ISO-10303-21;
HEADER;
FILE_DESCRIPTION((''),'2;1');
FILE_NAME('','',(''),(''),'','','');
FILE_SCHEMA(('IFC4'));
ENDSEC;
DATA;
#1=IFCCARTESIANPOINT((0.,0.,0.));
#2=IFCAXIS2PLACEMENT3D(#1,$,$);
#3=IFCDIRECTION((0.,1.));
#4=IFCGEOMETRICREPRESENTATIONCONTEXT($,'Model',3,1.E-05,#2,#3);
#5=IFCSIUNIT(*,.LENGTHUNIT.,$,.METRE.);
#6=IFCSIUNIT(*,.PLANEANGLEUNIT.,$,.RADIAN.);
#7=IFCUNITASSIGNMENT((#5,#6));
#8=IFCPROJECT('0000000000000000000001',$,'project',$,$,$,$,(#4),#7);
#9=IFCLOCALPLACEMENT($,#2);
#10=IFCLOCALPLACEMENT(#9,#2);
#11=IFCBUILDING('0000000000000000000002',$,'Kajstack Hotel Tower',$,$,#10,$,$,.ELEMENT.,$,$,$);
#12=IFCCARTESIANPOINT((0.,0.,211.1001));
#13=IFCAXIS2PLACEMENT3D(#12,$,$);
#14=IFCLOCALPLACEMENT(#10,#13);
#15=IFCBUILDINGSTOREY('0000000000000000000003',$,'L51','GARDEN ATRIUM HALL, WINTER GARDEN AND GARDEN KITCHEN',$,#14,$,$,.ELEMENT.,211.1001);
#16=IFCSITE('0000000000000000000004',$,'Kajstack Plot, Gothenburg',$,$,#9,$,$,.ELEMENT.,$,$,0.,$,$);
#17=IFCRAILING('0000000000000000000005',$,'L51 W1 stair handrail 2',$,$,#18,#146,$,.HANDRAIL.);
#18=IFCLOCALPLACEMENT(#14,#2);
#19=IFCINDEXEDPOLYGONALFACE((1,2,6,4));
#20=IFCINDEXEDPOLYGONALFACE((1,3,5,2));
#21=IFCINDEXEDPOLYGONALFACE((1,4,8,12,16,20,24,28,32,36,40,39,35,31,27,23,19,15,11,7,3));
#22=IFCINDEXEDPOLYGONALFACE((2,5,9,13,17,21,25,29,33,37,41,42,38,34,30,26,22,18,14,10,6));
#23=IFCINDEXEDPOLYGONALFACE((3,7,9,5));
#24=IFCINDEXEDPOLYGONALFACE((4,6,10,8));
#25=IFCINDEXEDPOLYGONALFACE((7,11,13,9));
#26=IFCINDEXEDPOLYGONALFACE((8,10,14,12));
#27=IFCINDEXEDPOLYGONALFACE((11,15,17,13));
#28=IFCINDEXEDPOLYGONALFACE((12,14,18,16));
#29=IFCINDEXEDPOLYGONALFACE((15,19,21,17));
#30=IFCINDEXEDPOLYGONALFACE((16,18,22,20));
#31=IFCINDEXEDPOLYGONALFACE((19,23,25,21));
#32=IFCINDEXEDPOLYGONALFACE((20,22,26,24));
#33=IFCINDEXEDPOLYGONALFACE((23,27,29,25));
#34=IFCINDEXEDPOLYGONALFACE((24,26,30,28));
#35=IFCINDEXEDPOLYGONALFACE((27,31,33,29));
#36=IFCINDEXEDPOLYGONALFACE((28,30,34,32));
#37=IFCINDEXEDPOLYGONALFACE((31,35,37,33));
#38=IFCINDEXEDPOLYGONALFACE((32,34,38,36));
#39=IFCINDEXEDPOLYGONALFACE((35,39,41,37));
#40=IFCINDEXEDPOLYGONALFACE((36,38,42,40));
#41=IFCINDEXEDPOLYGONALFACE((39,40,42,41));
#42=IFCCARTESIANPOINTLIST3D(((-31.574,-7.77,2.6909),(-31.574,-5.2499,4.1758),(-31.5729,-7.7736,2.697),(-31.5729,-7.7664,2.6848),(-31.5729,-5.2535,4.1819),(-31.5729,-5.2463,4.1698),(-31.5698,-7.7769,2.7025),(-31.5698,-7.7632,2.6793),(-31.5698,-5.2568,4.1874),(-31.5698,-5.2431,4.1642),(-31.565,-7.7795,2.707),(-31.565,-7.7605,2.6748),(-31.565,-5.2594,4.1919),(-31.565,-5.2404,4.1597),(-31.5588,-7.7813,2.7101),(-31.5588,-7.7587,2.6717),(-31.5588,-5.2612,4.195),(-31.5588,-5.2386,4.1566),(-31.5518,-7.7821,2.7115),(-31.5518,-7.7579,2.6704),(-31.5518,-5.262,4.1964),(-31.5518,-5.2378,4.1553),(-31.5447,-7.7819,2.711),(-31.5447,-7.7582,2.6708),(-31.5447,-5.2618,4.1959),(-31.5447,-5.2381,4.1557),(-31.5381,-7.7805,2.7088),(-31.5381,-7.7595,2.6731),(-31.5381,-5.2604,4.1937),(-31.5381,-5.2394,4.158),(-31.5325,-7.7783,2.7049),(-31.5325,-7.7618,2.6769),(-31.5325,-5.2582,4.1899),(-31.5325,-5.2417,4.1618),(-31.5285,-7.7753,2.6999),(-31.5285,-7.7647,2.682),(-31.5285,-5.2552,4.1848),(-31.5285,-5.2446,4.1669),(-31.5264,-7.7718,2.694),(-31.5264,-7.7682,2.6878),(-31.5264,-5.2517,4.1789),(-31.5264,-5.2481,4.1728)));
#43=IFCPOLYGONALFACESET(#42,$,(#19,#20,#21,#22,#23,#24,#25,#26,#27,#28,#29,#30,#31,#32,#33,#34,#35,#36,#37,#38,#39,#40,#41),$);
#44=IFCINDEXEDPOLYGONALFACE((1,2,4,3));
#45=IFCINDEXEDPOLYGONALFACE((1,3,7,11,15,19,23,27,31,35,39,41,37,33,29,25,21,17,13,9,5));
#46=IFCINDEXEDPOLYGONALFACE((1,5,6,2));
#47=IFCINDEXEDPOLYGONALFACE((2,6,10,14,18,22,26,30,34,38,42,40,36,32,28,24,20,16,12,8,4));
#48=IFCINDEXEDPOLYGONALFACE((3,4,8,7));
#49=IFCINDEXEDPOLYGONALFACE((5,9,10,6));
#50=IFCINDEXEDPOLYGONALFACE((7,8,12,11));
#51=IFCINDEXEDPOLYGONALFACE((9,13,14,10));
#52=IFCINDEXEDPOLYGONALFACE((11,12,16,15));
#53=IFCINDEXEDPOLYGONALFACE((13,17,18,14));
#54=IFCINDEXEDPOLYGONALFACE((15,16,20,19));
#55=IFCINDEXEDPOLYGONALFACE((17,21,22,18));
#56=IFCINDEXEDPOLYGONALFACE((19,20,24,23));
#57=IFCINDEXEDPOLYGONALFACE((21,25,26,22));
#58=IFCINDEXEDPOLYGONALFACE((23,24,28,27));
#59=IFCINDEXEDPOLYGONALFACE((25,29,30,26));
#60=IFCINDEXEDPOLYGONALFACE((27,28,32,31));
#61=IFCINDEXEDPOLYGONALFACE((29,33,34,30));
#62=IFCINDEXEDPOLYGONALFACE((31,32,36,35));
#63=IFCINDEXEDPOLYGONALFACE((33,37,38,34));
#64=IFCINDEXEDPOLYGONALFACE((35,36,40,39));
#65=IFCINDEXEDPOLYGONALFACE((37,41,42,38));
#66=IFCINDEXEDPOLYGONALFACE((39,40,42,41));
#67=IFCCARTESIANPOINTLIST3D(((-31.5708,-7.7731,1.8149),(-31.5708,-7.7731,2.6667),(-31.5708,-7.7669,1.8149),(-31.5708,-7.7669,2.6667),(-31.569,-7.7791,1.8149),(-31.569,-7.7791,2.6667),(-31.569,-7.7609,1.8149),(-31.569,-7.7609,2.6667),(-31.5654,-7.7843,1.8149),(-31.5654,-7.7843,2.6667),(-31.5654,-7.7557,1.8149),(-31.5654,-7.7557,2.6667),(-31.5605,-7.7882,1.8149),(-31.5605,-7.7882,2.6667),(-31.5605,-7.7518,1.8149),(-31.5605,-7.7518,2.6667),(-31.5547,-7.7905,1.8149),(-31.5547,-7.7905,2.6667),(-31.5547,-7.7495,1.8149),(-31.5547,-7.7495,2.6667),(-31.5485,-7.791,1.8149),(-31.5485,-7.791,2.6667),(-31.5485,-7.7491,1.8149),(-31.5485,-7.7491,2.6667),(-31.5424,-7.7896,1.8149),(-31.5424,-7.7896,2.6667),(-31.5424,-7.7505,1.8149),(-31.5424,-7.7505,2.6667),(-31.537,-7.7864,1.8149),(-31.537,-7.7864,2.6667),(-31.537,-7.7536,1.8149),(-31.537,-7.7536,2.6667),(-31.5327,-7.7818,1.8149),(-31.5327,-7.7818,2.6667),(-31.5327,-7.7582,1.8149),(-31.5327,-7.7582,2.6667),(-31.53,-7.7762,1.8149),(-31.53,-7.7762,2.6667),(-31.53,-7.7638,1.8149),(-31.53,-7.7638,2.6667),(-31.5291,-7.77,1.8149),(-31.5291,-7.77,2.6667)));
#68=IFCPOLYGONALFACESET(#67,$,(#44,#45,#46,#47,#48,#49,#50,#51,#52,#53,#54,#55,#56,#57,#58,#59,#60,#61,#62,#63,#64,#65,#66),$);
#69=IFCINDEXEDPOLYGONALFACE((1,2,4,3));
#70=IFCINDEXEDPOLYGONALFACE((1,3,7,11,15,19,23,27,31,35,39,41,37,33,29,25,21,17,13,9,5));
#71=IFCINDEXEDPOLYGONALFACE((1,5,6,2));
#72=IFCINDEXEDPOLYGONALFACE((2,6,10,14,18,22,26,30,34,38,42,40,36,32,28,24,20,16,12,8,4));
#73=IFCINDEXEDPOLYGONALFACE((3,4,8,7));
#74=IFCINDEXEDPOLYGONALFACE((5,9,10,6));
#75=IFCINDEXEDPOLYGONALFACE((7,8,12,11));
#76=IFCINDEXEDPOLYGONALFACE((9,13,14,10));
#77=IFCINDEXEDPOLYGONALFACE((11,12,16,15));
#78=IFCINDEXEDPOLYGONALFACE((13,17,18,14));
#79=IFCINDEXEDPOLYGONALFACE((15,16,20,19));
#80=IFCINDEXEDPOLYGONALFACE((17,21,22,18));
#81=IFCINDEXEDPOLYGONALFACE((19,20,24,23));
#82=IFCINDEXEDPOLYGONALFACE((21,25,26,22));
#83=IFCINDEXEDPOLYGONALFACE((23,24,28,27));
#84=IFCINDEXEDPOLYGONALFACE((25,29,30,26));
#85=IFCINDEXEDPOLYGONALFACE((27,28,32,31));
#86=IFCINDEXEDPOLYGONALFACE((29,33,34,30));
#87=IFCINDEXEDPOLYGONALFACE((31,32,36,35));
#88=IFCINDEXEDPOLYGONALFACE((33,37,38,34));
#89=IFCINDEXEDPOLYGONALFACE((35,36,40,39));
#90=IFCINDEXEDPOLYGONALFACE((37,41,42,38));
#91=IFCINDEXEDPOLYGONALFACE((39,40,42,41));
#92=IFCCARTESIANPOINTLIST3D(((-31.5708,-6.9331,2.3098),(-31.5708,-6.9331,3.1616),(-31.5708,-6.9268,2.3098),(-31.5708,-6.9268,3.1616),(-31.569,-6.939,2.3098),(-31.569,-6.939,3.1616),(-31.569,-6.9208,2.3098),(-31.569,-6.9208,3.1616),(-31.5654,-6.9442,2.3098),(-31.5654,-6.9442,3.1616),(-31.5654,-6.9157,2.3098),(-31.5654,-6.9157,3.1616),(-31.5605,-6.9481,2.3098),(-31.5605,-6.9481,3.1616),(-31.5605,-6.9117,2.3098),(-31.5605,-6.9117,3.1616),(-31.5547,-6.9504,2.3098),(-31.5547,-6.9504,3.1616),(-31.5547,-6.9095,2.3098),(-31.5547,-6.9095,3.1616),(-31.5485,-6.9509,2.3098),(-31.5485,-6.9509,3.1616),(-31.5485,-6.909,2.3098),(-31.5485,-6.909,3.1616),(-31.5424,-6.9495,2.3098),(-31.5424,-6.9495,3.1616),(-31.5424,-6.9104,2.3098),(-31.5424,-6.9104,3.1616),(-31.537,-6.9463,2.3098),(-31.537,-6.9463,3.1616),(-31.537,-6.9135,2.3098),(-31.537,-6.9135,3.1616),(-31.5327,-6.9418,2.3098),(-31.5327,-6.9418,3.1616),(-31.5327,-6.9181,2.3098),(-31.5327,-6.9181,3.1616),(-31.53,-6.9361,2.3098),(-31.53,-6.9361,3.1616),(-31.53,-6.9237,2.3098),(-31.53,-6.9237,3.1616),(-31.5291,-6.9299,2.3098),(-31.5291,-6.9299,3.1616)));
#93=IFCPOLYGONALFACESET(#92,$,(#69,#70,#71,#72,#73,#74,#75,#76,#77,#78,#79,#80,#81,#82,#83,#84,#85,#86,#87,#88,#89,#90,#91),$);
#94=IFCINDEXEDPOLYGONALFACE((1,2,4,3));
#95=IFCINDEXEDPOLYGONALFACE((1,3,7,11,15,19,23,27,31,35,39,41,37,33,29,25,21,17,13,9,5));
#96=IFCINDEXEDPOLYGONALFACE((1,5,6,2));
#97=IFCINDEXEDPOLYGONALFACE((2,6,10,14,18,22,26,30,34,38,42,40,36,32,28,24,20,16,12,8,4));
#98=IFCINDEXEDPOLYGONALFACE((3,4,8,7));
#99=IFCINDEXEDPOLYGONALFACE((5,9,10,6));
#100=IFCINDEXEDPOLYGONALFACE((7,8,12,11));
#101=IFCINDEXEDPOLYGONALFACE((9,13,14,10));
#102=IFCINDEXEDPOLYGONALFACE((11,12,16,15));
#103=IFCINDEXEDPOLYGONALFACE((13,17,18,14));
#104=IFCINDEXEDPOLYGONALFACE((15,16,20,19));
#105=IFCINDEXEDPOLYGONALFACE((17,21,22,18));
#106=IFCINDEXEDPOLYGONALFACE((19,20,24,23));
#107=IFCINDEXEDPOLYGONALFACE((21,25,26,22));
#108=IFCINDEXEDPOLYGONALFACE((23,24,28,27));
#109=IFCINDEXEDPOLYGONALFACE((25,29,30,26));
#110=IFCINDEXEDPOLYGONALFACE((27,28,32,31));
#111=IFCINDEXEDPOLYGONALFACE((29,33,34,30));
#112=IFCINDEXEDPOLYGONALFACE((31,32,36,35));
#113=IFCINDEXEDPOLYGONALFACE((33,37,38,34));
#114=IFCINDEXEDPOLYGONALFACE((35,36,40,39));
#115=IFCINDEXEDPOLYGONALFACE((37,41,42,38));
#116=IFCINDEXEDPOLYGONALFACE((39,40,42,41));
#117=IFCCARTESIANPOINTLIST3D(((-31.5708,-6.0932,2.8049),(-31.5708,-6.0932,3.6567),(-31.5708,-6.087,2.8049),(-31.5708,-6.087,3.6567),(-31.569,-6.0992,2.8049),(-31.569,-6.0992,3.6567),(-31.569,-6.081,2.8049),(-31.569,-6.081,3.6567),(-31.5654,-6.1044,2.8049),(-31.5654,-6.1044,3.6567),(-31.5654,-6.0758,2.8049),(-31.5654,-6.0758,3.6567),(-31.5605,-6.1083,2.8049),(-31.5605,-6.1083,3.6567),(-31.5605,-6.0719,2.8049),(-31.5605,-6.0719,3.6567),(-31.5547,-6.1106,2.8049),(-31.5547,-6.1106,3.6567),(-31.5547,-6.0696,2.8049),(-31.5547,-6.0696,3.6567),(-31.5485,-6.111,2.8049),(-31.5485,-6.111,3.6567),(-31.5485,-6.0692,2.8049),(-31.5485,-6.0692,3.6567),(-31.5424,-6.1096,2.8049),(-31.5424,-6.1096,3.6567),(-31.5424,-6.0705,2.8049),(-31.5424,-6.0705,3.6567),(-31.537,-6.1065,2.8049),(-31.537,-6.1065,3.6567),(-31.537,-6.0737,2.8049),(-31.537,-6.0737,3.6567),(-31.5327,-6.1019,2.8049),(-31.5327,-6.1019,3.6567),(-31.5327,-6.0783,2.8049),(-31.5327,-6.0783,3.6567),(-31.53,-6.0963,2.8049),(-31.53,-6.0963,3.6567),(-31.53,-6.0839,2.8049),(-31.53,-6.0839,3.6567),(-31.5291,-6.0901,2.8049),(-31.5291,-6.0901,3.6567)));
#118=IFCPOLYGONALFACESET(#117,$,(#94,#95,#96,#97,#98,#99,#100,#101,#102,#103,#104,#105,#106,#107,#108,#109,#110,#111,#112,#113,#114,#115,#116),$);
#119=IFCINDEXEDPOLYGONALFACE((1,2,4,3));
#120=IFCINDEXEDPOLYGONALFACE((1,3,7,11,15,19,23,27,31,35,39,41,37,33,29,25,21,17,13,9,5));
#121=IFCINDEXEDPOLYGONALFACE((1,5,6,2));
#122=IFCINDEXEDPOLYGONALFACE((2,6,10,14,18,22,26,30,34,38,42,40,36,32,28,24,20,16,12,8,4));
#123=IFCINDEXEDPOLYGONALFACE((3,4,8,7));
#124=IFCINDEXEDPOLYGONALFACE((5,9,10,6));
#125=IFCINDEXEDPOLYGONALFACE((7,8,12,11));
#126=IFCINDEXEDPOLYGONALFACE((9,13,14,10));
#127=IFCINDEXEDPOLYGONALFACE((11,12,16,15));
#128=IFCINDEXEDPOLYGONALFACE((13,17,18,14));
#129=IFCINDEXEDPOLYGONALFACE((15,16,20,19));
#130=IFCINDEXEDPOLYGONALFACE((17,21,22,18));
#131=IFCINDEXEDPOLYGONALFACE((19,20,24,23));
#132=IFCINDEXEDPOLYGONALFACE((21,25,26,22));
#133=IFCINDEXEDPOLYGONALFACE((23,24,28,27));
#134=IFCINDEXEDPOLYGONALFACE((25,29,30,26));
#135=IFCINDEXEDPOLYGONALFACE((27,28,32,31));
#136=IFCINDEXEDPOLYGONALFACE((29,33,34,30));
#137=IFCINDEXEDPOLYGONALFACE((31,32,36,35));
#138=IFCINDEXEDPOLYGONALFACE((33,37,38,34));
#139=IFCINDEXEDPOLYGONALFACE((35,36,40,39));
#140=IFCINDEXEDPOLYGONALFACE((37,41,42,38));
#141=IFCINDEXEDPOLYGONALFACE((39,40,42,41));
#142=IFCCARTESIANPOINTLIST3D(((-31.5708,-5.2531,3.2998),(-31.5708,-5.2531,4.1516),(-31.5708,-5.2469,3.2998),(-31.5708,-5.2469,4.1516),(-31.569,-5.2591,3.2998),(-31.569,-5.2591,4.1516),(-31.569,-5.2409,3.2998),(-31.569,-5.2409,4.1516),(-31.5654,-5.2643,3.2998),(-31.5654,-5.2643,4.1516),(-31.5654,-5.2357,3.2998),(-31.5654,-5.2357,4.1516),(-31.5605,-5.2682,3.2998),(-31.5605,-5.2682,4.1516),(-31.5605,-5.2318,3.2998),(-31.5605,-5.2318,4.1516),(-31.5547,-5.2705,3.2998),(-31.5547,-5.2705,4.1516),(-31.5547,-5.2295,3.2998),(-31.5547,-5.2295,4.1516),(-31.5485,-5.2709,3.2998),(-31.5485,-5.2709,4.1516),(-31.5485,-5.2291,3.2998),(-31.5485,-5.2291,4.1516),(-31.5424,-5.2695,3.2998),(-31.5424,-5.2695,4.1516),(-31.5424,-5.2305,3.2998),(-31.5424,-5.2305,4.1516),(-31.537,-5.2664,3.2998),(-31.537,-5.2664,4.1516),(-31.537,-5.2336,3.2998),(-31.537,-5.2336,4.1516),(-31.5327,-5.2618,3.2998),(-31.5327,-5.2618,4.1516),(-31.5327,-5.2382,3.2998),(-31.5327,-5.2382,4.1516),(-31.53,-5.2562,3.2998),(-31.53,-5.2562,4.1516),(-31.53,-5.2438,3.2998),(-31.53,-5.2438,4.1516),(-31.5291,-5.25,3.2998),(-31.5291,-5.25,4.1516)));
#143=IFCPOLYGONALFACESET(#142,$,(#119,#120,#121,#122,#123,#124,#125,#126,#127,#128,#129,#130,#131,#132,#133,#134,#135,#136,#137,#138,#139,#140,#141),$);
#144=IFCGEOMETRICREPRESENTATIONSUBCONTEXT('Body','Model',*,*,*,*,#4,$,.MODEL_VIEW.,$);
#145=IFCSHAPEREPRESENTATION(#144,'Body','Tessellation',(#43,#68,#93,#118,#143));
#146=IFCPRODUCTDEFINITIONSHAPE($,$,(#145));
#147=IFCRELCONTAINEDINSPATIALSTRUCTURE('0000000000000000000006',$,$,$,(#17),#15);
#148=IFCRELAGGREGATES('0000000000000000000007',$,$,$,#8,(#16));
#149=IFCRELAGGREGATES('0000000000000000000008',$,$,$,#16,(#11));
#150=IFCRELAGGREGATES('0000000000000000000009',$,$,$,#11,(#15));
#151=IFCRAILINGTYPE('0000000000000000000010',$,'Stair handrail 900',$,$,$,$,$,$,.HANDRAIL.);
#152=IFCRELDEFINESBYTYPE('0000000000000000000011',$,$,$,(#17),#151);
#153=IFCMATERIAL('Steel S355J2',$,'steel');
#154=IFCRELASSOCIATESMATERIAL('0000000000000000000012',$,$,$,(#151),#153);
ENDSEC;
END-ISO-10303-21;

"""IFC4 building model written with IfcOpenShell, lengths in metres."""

from ifc_helpers import new_model, si_unit, direction, frame, origin, origin_2d, place, context, subcontext, project, spatial, circle, extrude, material, type_object, element, save


model = new_model("IFC4")

# Units and contexts
model_context = context("Model", 3, precision=1e-05, world=origin(), true_north=direction((0.0, 1.0)))
body_context = subcontext(model_context, "Body", "Model", "MODEL_VIEW")
ifc_project = project(units=[si_unit("LENGTHUNIT", "METRE"), si_unit("PLANEANGLEUNIT", "RADIAN")], contexts=[model_context])

# Site, building, storey
site_placement = place(None, origin())
site = spatial("IfcSite", under=ifc_project, at=site_placement, Name="Kajstack Plot, Gothenburg", CompositionType="ELEMENT", RefElevation=0.0)
building_placement = place(site_placement, origin())
building = spatial("IfcBuilding", under=site, at=building_placement, Name="Kajstack Hotel Tower", CompositionType="ELEMENT")
storey_placement = place(building_placement, frame((0.0, 0.0, 211.1001)))
storey = spatial("IfcBuildingStorey", under=building, at=storey_placement, Name="L51", Description="GARDEN ATRIUM HALL, WINTER GARDEN AND GARDEN KITCHEN", CompositionType="ELEMENT", Elevation=211.1001)

# Railing
ifc_material_1 = material(Name="Steel S355J2", Category="steel")
railing_type = type_object("IfcRailingType", Name="Stair handrail 900", PredefinedType="HANDRAIL", material=ifc_material_1)
for number, where, name in (
    (1, (-31.55, -7.77, 1.8149), "L51 W1 stair handrail 2"),
):
    element("IfcRailing", number, at=place(storey_placement, frame(where)), inside=storey, type_object=railing_type, Name=name, PredefinedType="HANDRAIL", context=body_context, shape_type="SweptSolid", body=[
        extrude(circle(Radius=0.0239, at=origin_2d()), frame((0.0, 0.0, 0.876), z_axis=(0.0, 0.861561, 0.507655), x_axis=(-1.0, 0.0, 0.0)), (0.0, 0.0, 1.0), 2.925),
        extrude(circle(Radius=0.021, at=origin_2d()), origin(), (0.0, 0.0, 1.0), 0.8518),
        extrude(circle(Radius=0.021, at=origin_2d()), frame((0.0, 0.8401, 0.4949)), (0.0, 0.0, 1.0), 0.8518),
        extrude(circle(Radius=0.021, at=origin_2d()), frame((0.0, 1.6799, 0.99)), (0.0, 0.0, 1.0), 0.8518),
        extrude(circle(Radius=0.021, at=origin_2d()), frame((0.0, 2.52, 1.4849)), (0.0, 0.0, 1.0), 0.8518),
    ])

save(model, "model.ifc")
